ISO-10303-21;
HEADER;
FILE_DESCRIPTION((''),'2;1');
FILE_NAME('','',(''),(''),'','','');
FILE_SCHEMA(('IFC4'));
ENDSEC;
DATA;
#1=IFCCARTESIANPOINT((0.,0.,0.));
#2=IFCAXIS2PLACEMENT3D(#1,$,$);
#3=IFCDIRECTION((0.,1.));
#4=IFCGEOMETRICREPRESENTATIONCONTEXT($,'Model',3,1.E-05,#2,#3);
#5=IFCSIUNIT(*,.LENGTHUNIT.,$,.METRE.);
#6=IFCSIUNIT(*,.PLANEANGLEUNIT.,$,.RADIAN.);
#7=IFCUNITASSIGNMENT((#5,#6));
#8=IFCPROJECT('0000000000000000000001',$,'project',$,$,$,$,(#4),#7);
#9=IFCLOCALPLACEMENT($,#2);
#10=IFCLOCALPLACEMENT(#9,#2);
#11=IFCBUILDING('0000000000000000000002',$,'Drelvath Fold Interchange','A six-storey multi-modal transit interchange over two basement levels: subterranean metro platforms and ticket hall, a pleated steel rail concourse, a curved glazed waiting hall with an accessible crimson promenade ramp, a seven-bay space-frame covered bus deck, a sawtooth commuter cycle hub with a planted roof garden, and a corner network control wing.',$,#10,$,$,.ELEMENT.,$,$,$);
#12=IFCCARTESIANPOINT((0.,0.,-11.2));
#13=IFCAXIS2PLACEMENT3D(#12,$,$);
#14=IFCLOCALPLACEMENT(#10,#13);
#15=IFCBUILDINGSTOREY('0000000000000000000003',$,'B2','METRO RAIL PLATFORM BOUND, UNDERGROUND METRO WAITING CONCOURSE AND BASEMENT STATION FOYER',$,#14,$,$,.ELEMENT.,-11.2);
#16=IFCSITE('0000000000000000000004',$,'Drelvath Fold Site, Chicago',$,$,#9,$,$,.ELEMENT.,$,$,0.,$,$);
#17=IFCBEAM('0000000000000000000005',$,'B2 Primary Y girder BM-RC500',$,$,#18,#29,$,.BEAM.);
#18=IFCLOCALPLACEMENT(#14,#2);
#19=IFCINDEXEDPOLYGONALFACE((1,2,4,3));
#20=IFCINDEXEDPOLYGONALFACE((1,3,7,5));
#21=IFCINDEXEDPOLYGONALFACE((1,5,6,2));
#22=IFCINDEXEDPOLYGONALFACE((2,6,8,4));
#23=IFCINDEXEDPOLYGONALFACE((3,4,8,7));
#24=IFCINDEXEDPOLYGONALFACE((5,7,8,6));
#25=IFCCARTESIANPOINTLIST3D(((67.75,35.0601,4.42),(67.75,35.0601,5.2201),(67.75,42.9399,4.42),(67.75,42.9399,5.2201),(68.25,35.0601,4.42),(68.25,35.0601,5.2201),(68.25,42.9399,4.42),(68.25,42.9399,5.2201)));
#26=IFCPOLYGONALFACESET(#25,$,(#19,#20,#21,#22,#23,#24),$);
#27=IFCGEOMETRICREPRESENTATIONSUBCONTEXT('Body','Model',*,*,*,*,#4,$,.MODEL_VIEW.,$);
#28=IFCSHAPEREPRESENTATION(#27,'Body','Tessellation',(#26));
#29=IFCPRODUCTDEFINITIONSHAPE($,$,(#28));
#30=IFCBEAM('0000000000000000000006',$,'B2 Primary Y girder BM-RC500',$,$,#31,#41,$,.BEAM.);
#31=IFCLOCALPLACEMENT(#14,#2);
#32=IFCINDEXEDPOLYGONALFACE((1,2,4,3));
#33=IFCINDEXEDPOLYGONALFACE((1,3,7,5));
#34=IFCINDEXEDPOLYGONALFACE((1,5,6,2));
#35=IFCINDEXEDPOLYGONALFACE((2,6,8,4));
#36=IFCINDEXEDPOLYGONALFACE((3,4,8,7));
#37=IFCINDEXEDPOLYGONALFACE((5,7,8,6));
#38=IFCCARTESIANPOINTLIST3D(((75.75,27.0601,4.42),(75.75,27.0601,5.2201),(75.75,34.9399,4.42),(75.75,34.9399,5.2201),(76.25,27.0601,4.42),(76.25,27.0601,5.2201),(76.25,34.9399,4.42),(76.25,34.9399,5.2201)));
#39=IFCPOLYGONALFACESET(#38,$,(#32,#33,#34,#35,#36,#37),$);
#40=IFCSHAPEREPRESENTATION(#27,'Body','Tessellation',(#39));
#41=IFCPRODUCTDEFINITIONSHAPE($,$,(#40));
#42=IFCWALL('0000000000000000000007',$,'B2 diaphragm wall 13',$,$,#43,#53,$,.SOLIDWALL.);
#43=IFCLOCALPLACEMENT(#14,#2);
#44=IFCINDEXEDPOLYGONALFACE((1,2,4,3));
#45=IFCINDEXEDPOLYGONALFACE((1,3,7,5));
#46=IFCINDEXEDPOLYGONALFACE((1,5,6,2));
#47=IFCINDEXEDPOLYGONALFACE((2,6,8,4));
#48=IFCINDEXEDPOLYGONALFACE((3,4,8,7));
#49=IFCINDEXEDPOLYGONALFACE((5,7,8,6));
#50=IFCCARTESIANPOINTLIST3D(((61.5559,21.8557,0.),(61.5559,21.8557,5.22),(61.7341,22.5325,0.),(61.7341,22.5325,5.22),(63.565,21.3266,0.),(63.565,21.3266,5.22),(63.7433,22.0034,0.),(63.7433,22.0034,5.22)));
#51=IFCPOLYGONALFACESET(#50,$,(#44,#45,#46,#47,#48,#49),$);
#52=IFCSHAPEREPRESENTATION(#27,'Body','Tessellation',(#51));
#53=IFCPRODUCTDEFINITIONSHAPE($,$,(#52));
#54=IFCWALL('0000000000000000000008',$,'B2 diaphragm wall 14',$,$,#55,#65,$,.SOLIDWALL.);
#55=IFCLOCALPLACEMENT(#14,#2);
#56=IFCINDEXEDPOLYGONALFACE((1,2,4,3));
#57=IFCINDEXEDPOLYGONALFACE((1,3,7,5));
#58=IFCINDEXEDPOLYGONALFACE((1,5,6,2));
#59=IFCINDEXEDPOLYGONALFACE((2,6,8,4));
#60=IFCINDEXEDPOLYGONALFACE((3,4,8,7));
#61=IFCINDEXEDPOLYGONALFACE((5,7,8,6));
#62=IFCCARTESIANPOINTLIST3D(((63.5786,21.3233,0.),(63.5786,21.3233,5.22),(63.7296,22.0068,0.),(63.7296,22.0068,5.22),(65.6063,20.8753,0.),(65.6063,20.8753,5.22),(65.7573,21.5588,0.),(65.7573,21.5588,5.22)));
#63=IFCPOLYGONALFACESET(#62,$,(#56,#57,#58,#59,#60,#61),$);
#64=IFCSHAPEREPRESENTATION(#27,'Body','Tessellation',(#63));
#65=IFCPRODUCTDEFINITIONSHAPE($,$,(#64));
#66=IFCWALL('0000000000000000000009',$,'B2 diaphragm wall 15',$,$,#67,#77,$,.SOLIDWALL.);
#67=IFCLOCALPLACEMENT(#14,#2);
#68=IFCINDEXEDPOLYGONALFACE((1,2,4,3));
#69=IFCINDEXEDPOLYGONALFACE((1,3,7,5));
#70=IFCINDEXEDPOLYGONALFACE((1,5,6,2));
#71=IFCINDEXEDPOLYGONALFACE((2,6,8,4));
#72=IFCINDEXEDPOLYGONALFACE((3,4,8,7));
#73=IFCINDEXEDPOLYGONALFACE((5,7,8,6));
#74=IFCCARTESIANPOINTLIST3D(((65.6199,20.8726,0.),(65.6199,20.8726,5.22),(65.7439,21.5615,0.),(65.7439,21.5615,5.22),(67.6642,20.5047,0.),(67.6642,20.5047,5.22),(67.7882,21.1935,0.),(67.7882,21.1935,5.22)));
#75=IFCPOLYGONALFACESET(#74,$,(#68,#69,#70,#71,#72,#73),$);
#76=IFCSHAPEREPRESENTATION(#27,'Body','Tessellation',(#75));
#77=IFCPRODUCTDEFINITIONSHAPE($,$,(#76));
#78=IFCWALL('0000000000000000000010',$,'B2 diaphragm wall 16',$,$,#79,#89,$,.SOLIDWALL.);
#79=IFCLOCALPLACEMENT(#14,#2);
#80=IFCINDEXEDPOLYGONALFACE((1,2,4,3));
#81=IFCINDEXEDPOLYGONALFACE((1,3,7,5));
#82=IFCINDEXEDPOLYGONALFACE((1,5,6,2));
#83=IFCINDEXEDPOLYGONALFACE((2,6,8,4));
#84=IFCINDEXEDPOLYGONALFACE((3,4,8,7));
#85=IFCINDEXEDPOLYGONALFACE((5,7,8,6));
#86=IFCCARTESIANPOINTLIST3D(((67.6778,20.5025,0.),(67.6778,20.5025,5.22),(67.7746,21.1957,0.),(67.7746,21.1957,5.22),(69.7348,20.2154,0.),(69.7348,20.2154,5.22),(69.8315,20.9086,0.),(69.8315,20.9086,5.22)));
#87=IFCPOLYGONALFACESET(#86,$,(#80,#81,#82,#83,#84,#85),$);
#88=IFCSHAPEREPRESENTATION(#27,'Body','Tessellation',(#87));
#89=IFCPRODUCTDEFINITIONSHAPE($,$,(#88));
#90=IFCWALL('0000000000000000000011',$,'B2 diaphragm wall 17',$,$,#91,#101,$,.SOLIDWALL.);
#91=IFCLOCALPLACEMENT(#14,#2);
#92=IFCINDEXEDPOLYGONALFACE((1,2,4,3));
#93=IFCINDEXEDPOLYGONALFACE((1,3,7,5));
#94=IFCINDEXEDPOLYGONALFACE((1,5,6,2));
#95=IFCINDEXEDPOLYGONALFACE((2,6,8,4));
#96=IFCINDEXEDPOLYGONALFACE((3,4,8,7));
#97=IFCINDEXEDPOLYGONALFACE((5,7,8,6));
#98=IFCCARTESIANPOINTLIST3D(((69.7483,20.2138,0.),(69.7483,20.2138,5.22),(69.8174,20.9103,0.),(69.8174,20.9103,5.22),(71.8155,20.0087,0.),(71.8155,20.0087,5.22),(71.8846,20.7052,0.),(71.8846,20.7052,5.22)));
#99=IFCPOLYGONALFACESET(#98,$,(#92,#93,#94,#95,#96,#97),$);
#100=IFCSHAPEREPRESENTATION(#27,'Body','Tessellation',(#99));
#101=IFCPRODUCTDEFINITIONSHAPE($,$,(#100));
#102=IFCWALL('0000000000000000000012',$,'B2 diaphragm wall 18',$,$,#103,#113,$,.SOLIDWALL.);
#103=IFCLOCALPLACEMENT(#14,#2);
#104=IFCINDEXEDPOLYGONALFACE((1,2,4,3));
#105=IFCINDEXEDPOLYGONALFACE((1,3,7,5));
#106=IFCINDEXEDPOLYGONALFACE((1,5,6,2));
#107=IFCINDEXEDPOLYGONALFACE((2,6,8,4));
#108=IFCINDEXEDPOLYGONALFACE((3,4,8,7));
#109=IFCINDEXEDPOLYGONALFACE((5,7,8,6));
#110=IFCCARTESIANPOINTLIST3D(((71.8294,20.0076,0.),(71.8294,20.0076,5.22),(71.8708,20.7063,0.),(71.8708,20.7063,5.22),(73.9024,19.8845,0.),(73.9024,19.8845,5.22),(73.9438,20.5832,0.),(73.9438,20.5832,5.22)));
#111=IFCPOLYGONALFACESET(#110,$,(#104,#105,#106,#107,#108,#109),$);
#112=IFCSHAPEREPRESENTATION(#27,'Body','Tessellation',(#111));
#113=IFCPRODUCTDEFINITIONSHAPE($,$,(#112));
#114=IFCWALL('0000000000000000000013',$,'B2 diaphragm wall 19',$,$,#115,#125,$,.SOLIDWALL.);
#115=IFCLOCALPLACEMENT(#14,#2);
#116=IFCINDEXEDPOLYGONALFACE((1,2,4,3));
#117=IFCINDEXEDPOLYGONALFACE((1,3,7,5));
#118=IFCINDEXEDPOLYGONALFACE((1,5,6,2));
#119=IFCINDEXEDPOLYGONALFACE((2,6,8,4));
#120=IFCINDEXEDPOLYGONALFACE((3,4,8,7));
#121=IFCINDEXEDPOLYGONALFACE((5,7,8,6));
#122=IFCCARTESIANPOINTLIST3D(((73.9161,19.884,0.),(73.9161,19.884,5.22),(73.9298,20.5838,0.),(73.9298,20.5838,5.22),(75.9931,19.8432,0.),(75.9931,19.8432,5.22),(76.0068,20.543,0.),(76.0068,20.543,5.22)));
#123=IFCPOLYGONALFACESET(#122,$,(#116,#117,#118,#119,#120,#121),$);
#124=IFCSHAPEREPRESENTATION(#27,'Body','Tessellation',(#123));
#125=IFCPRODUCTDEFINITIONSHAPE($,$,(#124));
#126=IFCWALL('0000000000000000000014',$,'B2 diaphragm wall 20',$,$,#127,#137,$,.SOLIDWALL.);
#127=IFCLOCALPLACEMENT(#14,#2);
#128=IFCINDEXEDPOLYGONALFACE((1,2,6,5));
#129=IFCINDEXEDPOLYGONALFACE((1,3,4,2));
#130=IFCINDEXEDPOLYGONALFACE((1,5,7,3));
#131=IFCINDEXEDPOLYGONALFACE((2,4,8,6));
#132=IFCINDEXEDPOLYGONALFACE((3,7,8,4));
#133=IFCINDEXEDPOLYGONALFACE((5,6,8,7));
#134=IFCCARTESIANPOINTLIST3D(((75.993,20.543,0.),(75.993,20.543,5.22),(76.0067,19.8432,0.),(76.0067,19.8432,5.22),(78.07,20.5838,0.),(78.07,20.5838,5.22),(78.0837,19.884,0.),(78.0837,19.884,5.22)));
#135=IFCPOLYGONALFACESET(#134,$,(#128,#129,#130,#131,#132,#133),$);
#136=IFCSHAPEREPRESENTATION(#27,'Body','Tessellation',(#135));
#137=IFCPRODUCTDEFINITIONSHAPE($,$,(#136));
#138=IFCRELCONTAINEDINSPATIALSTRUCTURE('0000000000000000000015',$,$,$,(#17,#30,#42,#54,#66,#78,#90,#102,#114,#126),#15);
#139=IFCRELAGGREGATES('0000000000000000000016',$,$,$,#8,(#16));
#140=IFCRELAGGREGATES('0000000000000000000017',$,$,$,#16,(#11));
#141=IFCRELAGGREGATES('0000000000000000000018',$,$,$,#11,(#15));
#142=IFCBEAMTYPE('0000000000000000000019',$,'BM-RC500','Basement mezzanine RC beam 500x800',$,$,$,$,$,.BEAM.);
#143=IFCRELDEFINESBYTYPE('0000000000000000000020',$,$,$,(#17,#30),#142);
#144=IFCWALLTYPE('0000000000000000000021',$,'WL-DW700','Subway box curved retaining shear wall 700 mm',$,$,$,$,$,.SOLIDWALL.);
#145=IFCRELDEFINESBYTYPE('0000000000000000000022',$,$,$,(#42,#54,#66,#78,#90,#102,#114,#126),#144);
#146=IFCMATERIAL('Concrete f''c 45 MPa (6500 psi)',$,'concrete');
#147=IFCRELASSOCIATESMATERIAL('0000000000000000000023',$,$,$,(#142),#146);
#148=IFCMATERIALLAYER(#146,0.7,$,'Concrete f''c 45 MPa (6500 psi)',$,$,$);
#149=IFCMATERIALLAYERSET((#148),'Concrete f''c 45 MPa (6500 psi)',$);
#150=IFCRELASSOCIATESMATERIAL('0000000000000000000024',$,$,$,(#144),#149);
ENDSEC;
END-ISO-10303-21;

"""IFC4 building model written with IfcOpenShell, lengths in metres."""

from ifc_helpers import new_model, si_unit, direction, frame, frame_2d, origin, origin_2d, place, context, subcontext, project, spatial, rectangle, extrude, material, layer, layer_set, material_profile, profile_set, type_object, element, save


model = new_model("IFC4")

# Units and contexts
model_context = context("Model", 3, precision=1e-05, world=origin(), true_north=direction((0.0, 1.0)))
body_context = subcontext(model_context, "Body", "Model", "MODEL_VIEW")
ifc_project = project(units=[si_unit("LENGTHUNIT", "METRE"), si_unit("PLANEANGLEUNIT", "RADIAN")], contexts=[model_context])

# Site, building, storey
site_placement = place(None, origin())
site = spatial("IfcSite", under=ifc_project, at=site_placement, Name="Drelvath Fold Site, Chicago", CompositionType="ELEMENT", RefElevation=0.0)
building_placement = place(site_placement, origin())
building = spatial("IfcBuilding", under=site, at=building_placement, Name="Drelvath Fold Interchange", Description="A six-storey multi-modal transit interchange over two basement levels: subterranean metro platforms and ticket hall, a pleated steel rail concourse, a curved glazed waiting hall with an accessible crimson promenade ramp, a seven-bay space-frame covered bus deck, a sawtooth commuter cycle hub with a planted roof garden, and a corner network control wing.", CompositionType="ELEMENT")
storey_placement = place(building_placement, frame((0.0, 0.0, -11.2)))
storey = spatial("IfcBuildingStorey", under=building, at=storey_placement, Name="B2", Description="METRO RAIL PLATFORM BOUND, UNDERGROUND METRO WAITING CONCOURSE AND BASEMENT STATION FOYER", CompositionType="ELEMENT", Elevation=-11.2)

# Beams
ifc_material_1 = material(Name="Concrete f'c 45 MPa (6500 psi)", Category="concrete")
ifc_material_profile_1 = material_profile(ifc_material_1, rectangle(XDim=0.5, YDim=0.8, at=origin_2d()), Name="RC 500x800")
ifc_profile_set_1 = profile_set([ifc_material_profile_1], Name="Concrete f'c 45 MPa (6500 psi)")
beam_type_1 = type_object("IfcBeamType", Name="BM-RC500", Description="Basement mezzanine RC beam 500x800", PredefinedType="BEAM", material=ifc_profile_set_1)
for number, where, z_axis, x_axis, name in (
    (1, (68.0, 35.0601, 4.8201), (0.0, 1.0, 0.0), (-1.0, 0.0, 0.0), "B2 Primary Y girder BM-RC500"),
    (2, (76.0, 27.0601, 4.8201), (0.0, 1.0, 0.0), (-1.0, 0.0, 0.0), "B2 Primary Y girder BM-RC500"),
):
    element("IfcBeam", number, at=place(storey_placement, frame(where, z_axis=z_axis, x_axis=x_axis)), inside=storey, type_object=beam_type_1, Name=name, PredefinedType="BEAM", context=body_context, shape_type="SweptSolid", body=[
        extrude(rectangle(XDim=0.5, YDim=0.8, at=origin_2d()), origin(), (0.0, 0.0, 1.0), 7.8799),
    ])

# Walls
ifc_layer = layer(ifc_material_1, 0.7, Name="Concrete f'c 45 MPa (6500 psi)")
ifc_layer_set = layer_set([ifc_layer], Name="Concrete f'c 45 MPa (6500 psi)")
wall_type = type_object("IfcWallType", Name="WL-DW700", Description="Subway box curved retaining shear wall 700 mm", PredefinedType="SOLIDWALL", material=ifc_layer_set)
wall_1_placement = place(storey_placement, frame((61.645, 22.1941, 0.0), z_axis=(0.0, 0.0, 1.0), x_axis=(0.967032, -0.254655, 0.0)))
element("IfcWall", 3, at=wall_1_placement, inside=storey, type_object=wall_type, Name="B2 diaphragm wall 13", PredefinedType="SOLIDWALL", context=body_context, shape_type="SweptSolid", body=[
    extrude(rectangle(XDim=2.0776, YDim=0.7, at=frame_2d((1.0388, 0.0))), origin(), (0.0, 0.0, 1.0), 5.22),
])
wall_2_placement = place(storey_placement, frame((63.6541, 21.665, 0.0), z_axis=(0.0, 0.0, 1.0), x_axis=(0.976455, -0.215723, 0.0)))
element("IfcWall", 4, at=wall_2_placement, inside=storey, type_object=wall_type, Name="B2 diaphragm wall 14", PredefinedType="SOLIDWALL", context=body_context, shape_type="SweptSolid", body=[
    extrude(rectangle(XDim=2.0767, YDim=0.7, at=frame_2d((1.0383, 0.0))), origin(), (0.0, 0.0, 1.0), 5.22),
])
wall_3_placement = place(storey_placement, frame((65.6819, 21.217, 0.0), z_axis=(0.0, 0.0, 1.0), x_axis=(0.984186, -0.177137, 0.0)))
element("IfcWall", 5, at=wall_3_placement, inside=storey, type_object=wall_type, Name="B2 diaphragm wall 15", PredefinedType="SOLIDWALL", context=body_context, shape_type="SweptSolid", body=[
    extrude(rectangle(XDim=2.0771, YDim=0.7, at=frame_2d((1.0386, 0.0))), origin(), (0.0, 0.0, 1.0), 5.22),
])
wall_4_placement = place(storey_placement, frame((67.7261, 20.8491, 0.0), z_axis=(0.0, 0.0, 1.0), x_axis=(0.990398, -0.138244, 0.0)))
element("IfcWall", 6, at=wall_4_placement, inside=storey, type_object=wall_type, Name="B2 diaphragm wall 16", PredefinedType="SOLIDWALL", context=body_context, shape_type="SweptSolid", body=[
    extrude(rectangle(XDim=2.0769, YDim=0.7, at=frame_2d((1.0386, 0.0))), origin(), (0.0, 0.0, 1.0), 5.22),
])
wall_5_placement = place(storey_placement, frame((69.783, 20.562, 0.0), z_axis=(0.0, 0.0, 1.0), x_axis=(0.995115, -0.098724, 0.0)))
element("IfcWall", 7, at=wall_5_placement, inside=storey, type_object=wall_type, Name="B2 diaphragm wall 17", PredefinedType="SOLIDWALL", context=body_context, shape_type="SweptSolid", body=[
    extrude(rectangle(XDim=2.0774, YDim=0.7, at=frame_2d((1.0386, 0.0))), origin(), (0.0, 0.0, 1.0), 5.22),
])
wall_6_placement = place(storey_placement, frame((71.8501, 20.3569, 0.0), z_axis=(0.0, 0.0, 1.0), x_axis=(0.998243, -0.059253, 0.0)))
element("IfcWall", 8, at=wall_6_placement, inside=storey, type_object=wall_type, Name="B2 diaphragm wall 18", PredefinedType="SOLIDWALL", context=body_context, shape_type="SweptSolid", body=[
    extrude(rectangle(XDim=2.0767, YDim=0.7, at=frame_2d((1.0383, 0.0))), origin(), (0.0, 0.0, 1.0), 5.22),
])
for number, where, z_axis, x_axis, name in (
    (9, (73.9231, 20.2339, 0.0), (0.0, 0.0, 1.0), (0.999807, -0.019627, 0.0), "B2 diaphragm wall 19"),
    (10, (76.0, 20.1931, 0.0), (0.0, 0.0, 1.0), (0.999807, 0.019627, 0.0), "B2 diaphragm wall 20"),
):
    element("IfcWall", number, at=place(storey_placement, frame(where, z_axis=z_axis, x_axis=x_axis)), inside=storey, type_object=wall_type, Name=name, PredefinedType="SOLIDWALL", context=body_context, shape_type="SweptSolid", body=[
        extrude(rectangle(XDim=2.0774, YDim=0.7, at=frame_2d((1.0386, 0.0))), origin(), (0.0, 0.0, 1.0), 5.22),
    ])

save(model, "model.ifc")
